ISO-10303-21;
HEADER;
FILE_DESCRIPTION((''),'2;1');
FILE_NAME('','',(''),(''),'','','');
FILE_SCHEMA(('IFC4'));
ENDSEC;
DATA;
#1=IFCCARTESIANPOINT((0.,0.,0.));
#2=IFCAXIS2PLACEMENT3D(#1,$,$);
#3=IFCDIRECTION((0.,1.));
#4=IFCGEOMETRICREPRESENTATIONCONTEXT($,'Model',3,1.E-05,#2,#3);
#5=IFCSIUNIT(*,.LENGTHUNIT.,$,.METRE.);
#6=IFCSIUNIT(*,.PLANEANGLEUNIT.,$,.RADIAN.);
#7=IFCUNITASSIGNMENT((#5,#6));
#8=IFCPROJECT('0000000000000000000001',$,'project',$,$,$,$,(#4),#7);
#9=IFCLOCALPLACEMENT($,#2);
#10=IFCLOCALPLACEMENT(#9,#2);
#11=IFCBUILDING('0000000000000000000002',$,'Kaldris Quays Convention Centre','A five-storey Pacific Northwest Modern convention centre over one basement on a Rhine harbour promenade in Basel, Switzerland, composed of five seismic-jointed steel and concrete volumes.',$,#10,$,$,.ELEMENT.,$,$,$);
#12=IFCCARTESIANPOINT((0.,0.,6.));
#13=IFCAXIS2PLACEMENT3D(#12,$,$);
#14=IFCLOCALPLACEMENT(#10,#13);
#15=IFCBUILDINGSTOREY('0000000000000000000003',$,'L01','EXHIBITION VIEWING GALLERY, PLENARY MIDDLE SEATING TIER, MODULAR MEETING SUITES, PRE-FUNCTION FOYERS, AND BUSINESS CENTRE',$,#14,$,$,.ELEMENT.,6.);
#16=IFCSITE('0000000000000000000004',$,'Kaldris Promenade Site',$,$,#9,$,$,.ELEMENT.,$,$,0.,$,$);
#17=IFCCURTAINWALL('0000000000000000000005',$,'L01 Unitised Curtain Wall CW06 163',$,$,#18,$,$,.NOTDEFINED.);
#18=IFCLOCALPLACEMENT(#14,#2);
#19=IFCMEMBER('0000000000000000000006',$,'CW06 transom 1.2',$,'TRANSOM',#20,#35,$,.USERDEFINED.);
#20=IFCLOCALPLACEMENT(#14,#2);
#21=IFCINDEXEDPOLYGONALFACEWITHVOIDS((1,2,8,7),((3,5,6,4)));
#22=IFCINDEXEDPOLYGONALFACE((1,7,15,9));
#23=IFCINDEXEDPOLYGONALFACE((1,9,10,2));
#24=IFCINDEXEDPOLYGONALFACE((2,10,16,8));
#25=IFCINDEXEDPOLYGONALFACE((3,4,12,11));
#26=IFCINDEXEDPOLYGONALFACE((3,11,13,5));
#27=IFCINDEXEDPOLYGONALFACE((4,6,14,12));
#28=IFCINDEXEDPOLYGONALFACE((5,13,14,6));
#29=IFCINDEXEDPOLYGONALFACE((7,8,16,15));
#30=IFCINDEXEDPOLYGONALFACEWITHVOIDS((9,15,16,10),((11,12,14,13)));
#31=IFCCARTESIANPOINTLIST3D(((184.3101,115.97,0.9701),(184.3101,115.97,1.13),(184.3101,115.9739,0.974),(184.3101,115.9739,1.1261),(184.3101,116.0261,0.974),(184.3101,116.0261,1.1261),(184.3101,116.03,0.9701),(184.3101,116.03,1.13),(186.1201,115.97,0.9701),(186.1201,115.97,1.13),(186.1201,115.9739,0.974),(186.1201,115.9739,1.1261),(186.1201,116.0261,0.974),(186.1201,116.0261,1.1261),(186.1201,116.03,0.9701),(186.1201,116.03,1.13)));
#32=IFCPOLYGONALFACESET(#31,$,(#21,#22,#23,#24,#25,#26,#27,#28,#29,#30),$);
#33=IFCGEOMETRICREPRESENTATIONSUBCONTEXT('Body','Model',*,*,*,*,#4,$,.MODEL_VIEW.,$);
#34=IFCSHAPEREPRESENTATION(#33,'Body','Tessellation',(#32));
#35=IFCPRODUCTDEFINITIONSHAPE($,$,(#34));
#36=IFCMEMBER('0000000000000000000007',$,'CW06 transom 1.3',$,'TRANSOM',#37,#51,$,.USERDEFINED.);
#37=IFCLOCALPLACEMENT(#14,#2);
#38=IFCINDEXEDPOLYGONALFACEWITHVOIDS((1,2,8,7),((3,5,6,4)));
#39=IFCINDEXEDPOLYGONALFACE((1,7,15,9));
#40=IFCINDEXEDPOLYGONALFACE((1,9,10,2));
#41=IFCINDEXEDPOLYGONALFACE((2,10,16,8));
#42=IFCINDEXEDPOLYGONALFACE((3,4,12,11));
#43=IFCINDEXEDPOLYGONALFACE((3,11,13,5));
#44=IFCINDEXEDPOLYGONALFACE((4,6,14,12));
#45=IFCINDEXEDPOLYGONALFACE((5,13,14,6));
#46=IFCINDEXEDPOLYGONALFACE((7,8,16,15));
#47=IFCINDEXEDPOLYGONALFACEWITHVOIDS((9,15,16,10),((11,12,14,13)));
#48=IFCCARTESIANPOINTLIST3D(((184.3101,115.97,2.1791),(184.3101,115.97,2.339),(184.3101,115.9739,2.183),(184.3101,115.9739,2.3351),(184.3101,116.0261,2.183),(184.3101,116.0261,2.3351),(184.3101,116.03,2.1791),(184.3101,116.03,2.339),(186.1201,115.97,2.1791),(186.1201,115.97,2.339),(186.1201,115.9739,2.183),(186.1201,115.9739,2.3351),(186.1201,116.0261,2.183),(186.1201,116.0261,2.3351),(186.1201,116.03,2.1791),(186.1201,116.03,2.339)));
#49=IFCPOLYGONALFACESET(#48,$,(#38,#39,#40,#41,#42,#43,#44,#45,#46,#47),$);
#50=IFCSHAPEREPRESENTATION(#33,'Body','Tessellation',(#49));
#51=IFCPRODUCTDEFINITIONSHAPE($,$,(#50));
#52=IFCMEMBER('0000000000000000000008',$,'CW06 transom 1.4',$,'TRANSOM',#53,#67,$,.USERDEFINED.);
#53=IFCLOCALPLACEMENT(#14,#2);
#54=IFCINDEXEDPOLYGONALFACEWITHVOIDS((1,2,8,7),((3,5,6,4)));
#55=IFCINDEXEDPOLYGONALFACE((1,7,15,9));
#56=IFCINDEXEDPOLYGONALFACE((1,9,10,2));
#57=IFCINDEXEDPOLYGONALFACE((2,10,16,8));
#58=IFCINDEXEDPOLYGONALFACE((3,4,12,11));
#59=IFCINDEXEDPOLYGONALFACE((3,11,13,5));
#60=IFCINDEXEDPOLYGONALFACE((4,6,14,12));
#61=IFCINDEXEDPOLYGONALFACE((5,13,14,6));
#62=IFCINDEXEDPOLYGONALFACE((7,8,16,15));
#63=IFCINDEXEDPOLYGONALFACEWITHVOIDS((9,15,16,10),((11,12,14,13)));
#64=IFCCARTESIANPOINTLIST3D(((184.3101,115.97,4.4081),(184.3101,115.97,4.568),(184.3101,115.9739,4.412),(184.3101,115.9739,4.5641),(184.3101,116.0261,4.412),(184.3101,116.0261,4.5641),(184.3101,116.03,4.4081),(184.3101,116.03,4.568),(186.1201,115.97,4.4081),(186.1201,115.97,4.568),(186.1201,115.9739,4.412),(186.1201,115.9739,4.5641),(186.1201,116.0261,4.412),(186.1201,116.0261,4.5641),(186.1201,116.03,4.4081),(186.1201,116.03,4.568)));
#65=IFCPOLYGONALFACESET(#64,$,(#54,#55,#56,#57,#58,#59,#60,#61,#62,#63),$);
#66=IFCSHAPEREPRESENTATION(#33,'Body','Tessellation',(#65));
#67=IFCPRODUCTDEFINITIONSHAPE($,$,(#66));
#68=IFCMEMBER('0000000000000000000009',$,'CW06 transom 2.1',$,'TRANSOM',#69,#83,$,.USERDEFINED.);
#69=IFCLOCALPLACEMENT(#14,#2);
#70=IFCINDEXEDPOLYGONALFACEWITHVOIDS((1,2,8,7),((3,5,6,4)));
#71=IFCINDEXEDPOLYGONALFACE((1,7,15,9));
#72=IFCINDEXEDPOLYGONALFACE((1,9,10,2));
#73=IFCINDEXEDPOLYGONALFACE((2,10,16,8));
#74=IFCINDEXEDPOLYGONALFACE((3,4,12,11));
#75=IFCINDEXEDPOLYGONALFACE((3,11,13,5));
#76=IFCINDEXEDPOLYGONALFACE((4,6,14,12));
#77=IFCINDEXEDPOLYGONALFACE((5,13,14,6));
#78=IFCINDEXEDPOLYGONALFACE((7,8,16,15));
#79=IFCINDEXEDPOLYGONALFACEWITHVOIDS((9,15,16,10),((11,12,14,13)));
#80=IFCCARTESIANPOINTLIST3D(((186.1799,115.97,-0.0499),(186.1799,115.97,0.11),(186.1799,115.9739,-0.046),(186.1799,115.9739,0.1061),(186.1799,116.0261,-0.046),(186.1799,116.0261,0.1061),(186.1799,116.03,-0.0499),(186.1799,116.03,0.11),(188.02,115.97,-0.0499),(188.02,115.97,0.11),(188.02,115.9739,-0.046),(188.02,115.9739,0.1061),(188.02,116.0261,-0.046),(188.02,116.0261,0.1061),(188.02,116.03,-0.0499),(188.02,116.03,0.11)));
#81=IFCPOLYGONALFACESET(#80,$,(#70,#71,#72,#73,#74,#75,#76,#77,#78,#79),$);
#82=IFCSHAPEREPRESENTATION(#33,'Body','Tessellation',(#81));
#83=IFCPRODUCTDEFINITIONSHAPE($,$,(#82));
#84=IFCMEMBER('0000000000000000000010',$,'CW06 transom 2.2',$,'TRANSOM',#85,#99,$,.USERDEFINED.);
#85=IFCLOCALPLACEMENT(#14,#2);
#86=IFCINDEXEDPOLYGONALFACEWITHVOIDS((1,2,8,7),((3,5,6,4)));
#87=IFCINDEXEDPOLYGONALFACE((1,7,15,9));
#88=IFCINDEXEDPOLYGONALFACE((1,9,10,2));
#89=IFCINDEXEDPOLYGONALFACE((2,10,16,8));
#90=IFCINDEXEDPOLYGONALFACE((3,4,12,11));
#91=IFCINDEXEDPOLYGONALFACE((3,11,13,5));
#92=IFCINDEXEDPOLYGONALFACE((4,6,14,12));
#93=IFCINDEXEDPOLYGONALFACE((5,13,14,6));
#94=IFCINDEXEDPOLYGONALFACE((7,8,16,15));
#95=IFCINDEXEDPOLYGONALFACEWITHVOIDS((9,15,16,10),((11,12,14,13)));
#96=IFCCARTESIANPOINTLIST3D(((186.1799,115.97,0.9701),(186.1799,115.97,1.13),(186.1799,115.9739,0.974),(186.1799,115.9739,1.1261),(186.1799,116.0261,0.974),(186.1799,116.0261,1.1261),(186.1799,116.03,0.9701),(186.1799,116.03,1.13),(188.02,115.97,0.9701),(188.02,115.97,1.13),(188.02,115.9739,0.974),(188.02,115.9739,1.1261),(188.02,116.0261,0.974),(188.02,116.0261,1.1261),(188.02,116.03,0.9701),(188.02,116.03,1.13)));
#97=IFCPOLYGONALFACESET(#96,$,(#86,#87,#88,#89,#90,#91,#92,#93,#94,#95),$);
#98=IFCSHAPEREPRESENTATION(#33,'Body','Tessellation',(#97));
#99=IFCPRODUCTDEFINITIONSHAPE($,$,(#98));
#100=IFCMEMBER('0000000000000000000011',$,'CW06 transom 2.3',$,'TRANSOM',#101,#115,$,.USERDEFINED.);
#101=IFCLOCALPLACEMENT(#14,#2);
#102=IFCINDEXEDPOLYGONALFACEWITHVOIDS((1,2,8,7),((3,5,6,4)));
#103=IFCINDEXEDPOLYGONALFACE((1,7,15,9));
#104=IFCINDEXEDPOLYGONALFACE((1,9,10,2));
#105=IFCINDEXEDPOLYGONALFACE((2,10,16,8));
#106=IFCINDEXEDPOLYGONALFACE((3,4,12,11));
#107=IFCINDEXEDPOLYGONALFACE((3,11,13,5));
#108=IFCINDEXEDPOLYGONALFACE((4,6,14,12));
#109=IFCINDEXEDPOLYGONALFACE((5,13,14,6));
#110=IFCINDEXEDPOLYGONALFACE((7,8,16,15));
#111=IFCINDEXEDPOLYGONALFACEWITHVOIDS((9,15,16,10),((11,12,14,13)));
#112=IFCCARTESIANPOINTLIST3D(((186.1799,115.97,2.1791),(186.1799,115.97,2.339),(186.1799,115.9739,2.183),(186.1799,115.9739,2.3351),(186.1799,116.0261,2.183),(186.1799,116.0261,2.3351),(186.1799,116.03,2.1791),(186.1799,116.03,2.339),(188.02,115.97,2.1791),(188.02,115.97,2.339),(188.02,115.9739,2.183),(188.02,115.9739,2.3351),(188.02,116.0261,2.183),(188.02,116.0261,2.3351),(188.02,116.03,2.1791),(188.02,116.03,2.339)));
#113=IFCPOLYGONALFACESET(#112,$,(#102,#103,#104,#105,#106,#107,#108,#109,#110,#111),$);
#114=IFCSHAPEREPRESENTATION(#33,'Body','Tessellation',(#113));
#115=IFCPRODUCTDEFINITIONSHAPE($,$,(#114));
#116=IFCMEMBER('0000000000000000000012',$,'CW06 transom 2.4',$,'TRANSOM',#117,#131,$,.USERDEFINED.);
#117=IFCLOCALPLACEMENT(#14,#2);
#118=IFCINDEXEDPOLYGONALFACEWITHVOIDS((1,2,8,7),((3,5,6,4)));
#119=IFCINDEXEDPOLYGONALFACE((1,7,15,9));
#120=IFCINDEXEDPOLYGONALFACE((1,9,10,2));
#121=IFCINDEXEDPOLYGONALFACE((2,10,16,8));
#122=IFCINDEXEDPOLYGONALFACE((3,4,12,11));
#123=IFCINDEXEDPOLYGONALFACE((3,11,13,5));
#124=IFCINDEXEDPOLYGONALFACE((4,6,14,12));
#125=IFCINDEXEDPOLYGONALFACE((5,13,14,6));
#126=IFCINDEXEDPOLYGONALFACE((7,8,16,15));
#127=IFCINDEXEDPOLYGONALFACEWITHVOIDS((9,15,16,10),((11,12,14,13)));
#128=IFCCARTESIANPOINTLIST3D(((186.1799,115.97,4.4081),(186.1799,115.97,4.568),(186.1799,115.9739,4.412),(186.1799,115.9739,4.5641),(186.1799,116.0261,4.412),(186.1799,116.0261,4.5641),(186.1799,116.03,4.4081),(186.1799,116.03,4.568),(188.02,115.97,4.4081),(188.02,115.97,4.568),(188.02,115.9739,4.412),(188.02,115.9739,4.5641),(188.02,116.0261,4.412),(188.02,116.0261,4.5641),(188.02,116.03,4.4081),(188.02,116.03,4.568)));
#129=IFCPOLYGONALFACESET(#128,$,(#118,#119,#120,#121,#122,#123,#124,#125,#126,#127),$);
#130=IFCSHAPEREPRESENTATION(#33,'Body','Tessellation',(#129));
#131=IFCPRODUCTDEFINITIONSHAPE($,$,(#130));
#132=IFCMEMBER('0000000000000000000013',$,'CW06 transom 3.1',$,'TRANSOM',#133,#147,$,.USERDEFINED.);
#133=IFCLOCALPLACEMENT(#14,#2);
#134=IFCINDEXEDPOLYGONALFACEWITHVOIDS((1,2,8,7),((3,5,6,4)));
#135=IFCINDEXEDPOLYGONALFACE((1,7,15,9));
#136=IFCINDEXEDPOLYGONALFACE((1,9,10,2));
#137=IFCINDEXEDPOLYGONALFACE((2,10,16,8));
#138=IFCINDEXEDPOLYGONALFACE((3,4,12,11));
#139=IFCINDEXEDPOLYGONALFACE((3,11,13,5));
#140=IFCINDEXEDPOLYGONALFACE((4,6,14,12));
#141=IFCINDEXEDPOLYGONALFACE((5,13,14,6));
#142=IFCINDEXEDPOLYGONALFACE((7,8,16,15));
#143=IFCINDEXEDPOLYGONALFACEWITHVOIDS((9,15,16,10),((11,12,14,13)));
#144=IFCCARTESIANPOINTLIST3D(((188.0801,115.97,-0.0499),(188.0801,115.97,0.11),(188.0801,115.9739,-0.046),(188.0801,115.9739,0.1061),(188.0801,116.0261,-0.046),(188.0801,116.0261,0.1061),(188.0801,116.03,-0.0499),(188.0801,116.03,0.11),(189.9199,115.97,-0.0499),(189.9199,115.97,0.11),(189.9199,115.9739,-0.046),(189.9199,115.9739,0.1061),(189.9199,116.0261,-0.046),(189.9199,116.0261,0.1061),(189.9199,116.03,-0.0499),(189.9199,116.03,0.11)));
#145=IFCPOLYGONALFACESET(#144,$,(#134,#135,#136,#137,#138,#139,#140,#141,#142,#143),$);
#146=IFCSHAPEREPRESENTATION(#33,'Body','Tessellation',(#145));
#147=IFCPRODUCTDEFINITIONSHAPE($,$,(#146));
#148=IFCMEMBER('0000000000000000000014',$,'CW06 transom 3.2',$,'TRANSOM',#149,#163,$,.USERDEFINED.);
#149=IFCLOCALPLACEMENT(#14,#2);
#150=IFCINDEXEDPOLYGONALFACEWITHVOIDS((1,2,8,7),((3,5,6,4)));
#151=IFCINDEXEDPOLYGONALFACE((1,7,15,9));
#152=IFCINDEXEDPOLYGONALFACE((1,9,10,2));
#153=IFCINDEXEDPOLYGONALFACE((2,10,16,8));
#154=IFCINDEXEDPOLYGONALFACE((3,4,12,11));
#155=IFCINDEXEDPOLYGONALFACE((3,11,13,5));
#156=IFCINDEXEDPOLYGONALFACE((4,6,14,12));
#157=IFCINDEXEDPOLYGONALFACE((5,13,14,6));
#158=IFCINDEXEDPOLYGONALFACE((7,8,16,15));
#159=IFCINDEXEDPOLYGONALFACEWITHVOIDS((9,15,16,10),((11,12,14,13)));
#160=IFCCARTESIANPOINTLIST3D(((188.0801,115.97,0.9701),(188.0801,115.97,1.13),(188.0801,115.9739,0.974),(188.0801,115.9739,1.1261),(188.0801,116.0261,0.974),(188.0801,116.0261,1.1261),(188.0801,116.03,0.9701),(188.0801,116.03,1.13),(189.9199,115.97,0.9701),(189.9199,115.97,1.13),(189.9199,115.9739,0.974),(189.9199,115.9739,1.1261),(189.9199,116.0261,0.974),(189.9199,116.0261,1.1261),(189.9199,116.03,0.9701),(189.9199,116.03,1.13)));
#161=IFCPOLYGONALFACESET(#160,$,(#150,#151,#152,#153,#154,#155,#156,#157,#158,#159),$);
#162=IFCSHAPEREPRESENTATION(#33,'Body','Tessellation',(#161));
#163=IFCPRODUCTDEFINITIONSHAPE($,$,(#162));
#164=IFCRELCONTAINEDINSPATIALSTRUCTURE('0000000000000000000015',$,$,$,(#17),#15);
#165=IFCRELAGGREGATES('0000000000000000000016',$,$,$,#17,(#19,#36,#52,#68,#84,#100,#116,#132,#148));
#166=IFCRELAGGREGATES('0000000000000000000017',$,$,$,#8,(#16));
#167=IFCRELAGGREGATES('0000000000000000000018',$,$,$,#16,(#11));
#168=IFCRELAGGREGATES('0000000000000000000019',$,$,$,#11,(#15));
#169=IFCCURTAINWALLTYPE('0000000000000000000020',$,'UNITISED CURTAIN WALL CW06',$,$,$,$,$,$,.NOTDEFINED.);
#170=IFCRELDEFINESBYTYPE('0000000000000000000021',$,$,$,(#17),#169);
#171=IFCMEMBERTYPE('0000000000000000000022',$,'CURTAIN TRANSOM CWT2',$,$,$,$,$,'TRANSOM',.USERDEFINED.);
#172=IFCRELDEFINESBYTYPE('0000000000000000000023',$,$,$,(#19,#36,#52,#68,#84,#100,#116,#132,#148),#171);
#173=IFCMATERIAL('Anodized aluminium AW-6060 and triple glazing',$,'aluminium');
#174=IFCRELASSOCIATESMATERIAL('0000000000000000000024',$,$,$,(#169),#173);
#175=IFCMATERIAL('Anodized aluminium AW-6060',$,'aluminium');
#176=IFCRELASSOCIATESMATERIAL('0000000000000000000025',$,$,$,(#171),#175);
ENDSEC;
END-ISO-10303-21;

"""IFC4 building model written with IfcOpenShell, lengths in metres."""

from ifc_helpers import new_model, si_unit, direction, frame, origin, origin_2d, place, context, subcontext, project, spatial, hollow_rectangle, extrude, material, material_profile, profile_set, type_object, element, aggregate, save


model = new_model("IFC4")

# Units and contexts
model_context = context("Model", 3, precision=1e-05, world=origin(), true_north=direction((0.0, 1.0)))
body_context = subcontext(model_context, "Body", "Model", "MODEL_VIEW")
ifc_project = project(units=[si_unit("LENGTHUNIT", "METRE"), si_unit("PLANEANGLEUNIT", "RADIAN")], contexts=[model_context])

# Site, building, storey
site_placement = place(None, origin())
site = spatial("IfcSite", under=ifc_project, at=site_placement, Name="Kaldris Promenade Site", CompositionType="ELEMENT", RefElevation=0.0)
building_placement = place(site_placement, origin())
building = spatial("IfcBuilding", under=site, at=building_placement, Name="Kaldris Quays Convention Centre", Description="A five-storey Pacific Northwest Modern convention centre over one basement on a Rhine harbour promenade in Basel, Switzerland, composed of five seismic-jointed steel and concrete volumes.", CompositionType="ELEMENT")
storey_placement = place(building_placement, frame((0.0, 0.0, 6.0)))
storey = spatial("IfcBuildingStorey", under=building, at=storey_placement, Name="L01", Description="EXHIBITION VIEWING GALLERY, PLENARY MIDDLE SEATING TIER, MODULAR MEETING SUITES, PRE-FUNCTION FOYERS, AND BUSINESS CENTRE", CompositionType="ELEMENT", Elevation=6.0)

# Shared definitions
ifc_material_1 = material(Name="Anodized aluminium AW-6060 and triple glazing", Category="aluminium")
curtain_wall_type = type_object("IfcCurtainWallType", Name="UNITISED CURTAIN WALL CW06", PredefinedType="NOTDEFINED", material=ifc_material_1)
ifc_material_2 = material(Name="Anodized aluminium AW-6060", Category="aluminium")

# Curtain wall, members
curtain_wall_1_placement = place(storey_placement, origin())
curtain_wall_1 = element("IfcCurtainWall", 1, at=curtain_wall_1_placement, inside=storey, type_object=curtain_wall_type, Name="L01 Unitised Curtain Wall CW06 163", PredefinedType="NOTDEFINED")
ifc_material_profile_1 = material_profile(ifc_material_2, hollow_rectangle(XDim=0.0601, YDim=0.1599, WallThickness=0.0039, at=origin_2d()), Name="RHS 160x60x4")
ifc_profile_set_1 = profile_set([ifc_material_profile_1], Name="Anodized aluminium AW-6060")
member_type_1 = type_object("IfcMemberType", Name="CURTAIN TRANSOM CWT2", ElementType="TRANSOM", PredefinedType="USERDEFINED", material=ifc_profile_set_1)
member_1_placement = place(storey_placement, frame((184.3101, 116.0, 1.05), z_axis=(1.0, 0.0, 0.0), x_axis=(0.0, 1.0, 0.0)))
member_1 = element("IfcMember", 2, at=member_1_placement, type_object=member_type_1, Name="CW06 transom 1.2", ObjectType="TRANSOM", PredefinedType="USERDEFINED", context=body_context, shape_type="SweptSolid", body=[
    extrude(hollow_rectangle(XDim=0.0601, YDim=0.1599, WallThickness=0.0039, at=origin_2d()), origin(), (0.0, 0.0, 1.0), 1.8101),
])
member_2_placement = place(storey_placement, frame((184.3101, 116.0, 2.259), z_axis=(1.0, 0.0, 0.0), x_axis=(0.0, 1.0, 0.0)))
member_2 = element("IfcMember", 3, at=member_2_placement, type_object=member_type_1, Name="CW06 transom 1.3", ObjectType="TRANSOM", PredefinedType="USERDEFINED", context=body_context, shape_type="SweptSolid", body=[
    extrude(hollow_rectangle(XDim=0.0601, YDim=0.1599, WallThickness=0.0039, at=origin_2d()), origin(), (0.0, 0.0, 1.0), 1.8101),
])
member_3_placement = place(storey_placement, frame((184.3101, 116.0, 4.488), z_axis=(1.0, 0.0, 0.0), x_axis=(0.0, 1.0, 0.0)))
member_3 = element("IfcMember", 4, at=member_3_placement, type_object=member_type_1, Name="CW06 transom 1.4", ObjectType="TRANSOM", PredefinedType="USERDEFINED", context=body_context, shape_type="SweptSolid", body=[
    extrude(hollow_rectangle(XDim=0.0601, YDim=0.1599, WallThickness=0.0039, at=origin_2d()), origin(), (0.0, 0.0, 1.0), 1.8101),
])
member_4_placement = place(storey_placement, frame((186.1799, 116.0, 0.03), z_axis=(1.0, 0.0, 0.0), x_axis=(0.0, 1.0, 0.0)))
member_4 = element("IfcMember", 5, at=member_4_placement, type_object=member_type_1, Name="CW06 transom 2.1", ObjectType="TRANSOM", PredefinedType="USERDEFINED", context=body_context, shape_type="SweptSolid", body=[
    extrude(hollow_rectangle(XDim=0.0601, YDim=0.1599, WallThickness=0.0039, at=origin_2d()), origin(), (0.0, 0.0, 1.0), 1.8401),
])
member_5_placement = place(storey_placement, frame((186.1799, 116.0, 1.05), z_axis=(1.0, 0.0, 0.0), x_axis=(0.0, 1.0, 0.0)))
member_5 = element("IfcMember", 6, at=member_5_placement, type_object=member_type_1, Name="CW06 transom 2.2", ObjectType="TRANSOM", PredefinedType="USERDEFINED", context=body_context, shape_type="SweptSolid", body=[
    extrude(hollow_rectangle(XDim=0.0601, YDim=0.1599, WallThickness=0.0039, at=origin_2d()), origin(), (0.0, 0.0, 1.0), 1.8401),
])
member_6_placement = place(storey_placement, frame((186.1799, 116.0, 2.259), z_axis=(1.0, 0.0, 0.0), x_axis=(0.0, 1.0, 0.0)))
member_6 = element("IfcMember", 7, at=member_6_placement, type_object=member_type_1, Name="CW06 transom 2.3", ObjectType="TRANSOM", PredefinedType="USERDEFINED", context=body_context, shape_type="SweptSolid", body=[
    extrude(hollow_rectangle(XDim=0.0601, YDim=0.1599, WallThickness=0.0039, at=origin_2d()), origin(), (0.0, 0.0, 1.0), 1.8401),
])
member_7_placement = place(storey_placement, frame((186.1799, 116.0, 4.488), z_axis=(1.0, 0.0, 0.0), x_axis=(0.0, 1.0, 0.0)))
member_7 = element("IfcMember", 8, at=member_7_placement, type_object=member_type_1, Name="CW06 transom 2.4", ObjectType="TRANSOM", PredefinedType="USERDEFINED", context=body_context, shape_type="SweptSolid", body=[
    extrude(hollow_rectangle(XDim=0.0601, YDim=0.1599, WallThickness=0.0039, at=origin_2d()), origin(), (0.0, 0.0, 1.0), 1.8401),
])
member_8_placement = place(storey_placement, frame((188.0801, 116.0, 0.03), z_axis=(1.0, 0.0, 0.0), x_axis=(0.0, 1.0, 0.0)))
member_8 = element("IfcMember", 9, at=member_8_placement, type_object=member_type_1, Name="CW06 transom 3.1", ObjectType="TRANSOM", PredefinedType="USERDEFINED", context=body_context, shape_type="SweptSolid", body=[
    extrude(hollow_rectangle(XDim=0.0601, YDim=0.1599, WallThickness=0.0039, at=origin_2d()), origin(), (0.0, 0.0, 1.0), 1.8398),
])
member_9_placement = place(storey_placement, frame((188.0801, 116.0, 1.05), z_axis=(1.0, 0.0, 0.0), x_axis=(0.0, 1.0, 0.0)))
member_9 = element("IfcMember", 10, at=member_9_placement, type_object=member_type_1, Name="CW06 transom 3.2", ObjectType="TRANSOM", PredefinedType="USERDEFINED", context=body_context, shape_type="SweptSolid", body=[
    extrude(hollow_rectangle(XDim=0.0601, YDim=0.1599, WallThickness=0.0039, at=origin_2d()), origin(), (0.0, 0.0, 1.0), 1.8398),
])

aggregate(curtain_wall_1, [member_1, member_2, member_3, member_4, member_5, member_6, member_7, member_8, member_9])

save(model, "model.ifc")
